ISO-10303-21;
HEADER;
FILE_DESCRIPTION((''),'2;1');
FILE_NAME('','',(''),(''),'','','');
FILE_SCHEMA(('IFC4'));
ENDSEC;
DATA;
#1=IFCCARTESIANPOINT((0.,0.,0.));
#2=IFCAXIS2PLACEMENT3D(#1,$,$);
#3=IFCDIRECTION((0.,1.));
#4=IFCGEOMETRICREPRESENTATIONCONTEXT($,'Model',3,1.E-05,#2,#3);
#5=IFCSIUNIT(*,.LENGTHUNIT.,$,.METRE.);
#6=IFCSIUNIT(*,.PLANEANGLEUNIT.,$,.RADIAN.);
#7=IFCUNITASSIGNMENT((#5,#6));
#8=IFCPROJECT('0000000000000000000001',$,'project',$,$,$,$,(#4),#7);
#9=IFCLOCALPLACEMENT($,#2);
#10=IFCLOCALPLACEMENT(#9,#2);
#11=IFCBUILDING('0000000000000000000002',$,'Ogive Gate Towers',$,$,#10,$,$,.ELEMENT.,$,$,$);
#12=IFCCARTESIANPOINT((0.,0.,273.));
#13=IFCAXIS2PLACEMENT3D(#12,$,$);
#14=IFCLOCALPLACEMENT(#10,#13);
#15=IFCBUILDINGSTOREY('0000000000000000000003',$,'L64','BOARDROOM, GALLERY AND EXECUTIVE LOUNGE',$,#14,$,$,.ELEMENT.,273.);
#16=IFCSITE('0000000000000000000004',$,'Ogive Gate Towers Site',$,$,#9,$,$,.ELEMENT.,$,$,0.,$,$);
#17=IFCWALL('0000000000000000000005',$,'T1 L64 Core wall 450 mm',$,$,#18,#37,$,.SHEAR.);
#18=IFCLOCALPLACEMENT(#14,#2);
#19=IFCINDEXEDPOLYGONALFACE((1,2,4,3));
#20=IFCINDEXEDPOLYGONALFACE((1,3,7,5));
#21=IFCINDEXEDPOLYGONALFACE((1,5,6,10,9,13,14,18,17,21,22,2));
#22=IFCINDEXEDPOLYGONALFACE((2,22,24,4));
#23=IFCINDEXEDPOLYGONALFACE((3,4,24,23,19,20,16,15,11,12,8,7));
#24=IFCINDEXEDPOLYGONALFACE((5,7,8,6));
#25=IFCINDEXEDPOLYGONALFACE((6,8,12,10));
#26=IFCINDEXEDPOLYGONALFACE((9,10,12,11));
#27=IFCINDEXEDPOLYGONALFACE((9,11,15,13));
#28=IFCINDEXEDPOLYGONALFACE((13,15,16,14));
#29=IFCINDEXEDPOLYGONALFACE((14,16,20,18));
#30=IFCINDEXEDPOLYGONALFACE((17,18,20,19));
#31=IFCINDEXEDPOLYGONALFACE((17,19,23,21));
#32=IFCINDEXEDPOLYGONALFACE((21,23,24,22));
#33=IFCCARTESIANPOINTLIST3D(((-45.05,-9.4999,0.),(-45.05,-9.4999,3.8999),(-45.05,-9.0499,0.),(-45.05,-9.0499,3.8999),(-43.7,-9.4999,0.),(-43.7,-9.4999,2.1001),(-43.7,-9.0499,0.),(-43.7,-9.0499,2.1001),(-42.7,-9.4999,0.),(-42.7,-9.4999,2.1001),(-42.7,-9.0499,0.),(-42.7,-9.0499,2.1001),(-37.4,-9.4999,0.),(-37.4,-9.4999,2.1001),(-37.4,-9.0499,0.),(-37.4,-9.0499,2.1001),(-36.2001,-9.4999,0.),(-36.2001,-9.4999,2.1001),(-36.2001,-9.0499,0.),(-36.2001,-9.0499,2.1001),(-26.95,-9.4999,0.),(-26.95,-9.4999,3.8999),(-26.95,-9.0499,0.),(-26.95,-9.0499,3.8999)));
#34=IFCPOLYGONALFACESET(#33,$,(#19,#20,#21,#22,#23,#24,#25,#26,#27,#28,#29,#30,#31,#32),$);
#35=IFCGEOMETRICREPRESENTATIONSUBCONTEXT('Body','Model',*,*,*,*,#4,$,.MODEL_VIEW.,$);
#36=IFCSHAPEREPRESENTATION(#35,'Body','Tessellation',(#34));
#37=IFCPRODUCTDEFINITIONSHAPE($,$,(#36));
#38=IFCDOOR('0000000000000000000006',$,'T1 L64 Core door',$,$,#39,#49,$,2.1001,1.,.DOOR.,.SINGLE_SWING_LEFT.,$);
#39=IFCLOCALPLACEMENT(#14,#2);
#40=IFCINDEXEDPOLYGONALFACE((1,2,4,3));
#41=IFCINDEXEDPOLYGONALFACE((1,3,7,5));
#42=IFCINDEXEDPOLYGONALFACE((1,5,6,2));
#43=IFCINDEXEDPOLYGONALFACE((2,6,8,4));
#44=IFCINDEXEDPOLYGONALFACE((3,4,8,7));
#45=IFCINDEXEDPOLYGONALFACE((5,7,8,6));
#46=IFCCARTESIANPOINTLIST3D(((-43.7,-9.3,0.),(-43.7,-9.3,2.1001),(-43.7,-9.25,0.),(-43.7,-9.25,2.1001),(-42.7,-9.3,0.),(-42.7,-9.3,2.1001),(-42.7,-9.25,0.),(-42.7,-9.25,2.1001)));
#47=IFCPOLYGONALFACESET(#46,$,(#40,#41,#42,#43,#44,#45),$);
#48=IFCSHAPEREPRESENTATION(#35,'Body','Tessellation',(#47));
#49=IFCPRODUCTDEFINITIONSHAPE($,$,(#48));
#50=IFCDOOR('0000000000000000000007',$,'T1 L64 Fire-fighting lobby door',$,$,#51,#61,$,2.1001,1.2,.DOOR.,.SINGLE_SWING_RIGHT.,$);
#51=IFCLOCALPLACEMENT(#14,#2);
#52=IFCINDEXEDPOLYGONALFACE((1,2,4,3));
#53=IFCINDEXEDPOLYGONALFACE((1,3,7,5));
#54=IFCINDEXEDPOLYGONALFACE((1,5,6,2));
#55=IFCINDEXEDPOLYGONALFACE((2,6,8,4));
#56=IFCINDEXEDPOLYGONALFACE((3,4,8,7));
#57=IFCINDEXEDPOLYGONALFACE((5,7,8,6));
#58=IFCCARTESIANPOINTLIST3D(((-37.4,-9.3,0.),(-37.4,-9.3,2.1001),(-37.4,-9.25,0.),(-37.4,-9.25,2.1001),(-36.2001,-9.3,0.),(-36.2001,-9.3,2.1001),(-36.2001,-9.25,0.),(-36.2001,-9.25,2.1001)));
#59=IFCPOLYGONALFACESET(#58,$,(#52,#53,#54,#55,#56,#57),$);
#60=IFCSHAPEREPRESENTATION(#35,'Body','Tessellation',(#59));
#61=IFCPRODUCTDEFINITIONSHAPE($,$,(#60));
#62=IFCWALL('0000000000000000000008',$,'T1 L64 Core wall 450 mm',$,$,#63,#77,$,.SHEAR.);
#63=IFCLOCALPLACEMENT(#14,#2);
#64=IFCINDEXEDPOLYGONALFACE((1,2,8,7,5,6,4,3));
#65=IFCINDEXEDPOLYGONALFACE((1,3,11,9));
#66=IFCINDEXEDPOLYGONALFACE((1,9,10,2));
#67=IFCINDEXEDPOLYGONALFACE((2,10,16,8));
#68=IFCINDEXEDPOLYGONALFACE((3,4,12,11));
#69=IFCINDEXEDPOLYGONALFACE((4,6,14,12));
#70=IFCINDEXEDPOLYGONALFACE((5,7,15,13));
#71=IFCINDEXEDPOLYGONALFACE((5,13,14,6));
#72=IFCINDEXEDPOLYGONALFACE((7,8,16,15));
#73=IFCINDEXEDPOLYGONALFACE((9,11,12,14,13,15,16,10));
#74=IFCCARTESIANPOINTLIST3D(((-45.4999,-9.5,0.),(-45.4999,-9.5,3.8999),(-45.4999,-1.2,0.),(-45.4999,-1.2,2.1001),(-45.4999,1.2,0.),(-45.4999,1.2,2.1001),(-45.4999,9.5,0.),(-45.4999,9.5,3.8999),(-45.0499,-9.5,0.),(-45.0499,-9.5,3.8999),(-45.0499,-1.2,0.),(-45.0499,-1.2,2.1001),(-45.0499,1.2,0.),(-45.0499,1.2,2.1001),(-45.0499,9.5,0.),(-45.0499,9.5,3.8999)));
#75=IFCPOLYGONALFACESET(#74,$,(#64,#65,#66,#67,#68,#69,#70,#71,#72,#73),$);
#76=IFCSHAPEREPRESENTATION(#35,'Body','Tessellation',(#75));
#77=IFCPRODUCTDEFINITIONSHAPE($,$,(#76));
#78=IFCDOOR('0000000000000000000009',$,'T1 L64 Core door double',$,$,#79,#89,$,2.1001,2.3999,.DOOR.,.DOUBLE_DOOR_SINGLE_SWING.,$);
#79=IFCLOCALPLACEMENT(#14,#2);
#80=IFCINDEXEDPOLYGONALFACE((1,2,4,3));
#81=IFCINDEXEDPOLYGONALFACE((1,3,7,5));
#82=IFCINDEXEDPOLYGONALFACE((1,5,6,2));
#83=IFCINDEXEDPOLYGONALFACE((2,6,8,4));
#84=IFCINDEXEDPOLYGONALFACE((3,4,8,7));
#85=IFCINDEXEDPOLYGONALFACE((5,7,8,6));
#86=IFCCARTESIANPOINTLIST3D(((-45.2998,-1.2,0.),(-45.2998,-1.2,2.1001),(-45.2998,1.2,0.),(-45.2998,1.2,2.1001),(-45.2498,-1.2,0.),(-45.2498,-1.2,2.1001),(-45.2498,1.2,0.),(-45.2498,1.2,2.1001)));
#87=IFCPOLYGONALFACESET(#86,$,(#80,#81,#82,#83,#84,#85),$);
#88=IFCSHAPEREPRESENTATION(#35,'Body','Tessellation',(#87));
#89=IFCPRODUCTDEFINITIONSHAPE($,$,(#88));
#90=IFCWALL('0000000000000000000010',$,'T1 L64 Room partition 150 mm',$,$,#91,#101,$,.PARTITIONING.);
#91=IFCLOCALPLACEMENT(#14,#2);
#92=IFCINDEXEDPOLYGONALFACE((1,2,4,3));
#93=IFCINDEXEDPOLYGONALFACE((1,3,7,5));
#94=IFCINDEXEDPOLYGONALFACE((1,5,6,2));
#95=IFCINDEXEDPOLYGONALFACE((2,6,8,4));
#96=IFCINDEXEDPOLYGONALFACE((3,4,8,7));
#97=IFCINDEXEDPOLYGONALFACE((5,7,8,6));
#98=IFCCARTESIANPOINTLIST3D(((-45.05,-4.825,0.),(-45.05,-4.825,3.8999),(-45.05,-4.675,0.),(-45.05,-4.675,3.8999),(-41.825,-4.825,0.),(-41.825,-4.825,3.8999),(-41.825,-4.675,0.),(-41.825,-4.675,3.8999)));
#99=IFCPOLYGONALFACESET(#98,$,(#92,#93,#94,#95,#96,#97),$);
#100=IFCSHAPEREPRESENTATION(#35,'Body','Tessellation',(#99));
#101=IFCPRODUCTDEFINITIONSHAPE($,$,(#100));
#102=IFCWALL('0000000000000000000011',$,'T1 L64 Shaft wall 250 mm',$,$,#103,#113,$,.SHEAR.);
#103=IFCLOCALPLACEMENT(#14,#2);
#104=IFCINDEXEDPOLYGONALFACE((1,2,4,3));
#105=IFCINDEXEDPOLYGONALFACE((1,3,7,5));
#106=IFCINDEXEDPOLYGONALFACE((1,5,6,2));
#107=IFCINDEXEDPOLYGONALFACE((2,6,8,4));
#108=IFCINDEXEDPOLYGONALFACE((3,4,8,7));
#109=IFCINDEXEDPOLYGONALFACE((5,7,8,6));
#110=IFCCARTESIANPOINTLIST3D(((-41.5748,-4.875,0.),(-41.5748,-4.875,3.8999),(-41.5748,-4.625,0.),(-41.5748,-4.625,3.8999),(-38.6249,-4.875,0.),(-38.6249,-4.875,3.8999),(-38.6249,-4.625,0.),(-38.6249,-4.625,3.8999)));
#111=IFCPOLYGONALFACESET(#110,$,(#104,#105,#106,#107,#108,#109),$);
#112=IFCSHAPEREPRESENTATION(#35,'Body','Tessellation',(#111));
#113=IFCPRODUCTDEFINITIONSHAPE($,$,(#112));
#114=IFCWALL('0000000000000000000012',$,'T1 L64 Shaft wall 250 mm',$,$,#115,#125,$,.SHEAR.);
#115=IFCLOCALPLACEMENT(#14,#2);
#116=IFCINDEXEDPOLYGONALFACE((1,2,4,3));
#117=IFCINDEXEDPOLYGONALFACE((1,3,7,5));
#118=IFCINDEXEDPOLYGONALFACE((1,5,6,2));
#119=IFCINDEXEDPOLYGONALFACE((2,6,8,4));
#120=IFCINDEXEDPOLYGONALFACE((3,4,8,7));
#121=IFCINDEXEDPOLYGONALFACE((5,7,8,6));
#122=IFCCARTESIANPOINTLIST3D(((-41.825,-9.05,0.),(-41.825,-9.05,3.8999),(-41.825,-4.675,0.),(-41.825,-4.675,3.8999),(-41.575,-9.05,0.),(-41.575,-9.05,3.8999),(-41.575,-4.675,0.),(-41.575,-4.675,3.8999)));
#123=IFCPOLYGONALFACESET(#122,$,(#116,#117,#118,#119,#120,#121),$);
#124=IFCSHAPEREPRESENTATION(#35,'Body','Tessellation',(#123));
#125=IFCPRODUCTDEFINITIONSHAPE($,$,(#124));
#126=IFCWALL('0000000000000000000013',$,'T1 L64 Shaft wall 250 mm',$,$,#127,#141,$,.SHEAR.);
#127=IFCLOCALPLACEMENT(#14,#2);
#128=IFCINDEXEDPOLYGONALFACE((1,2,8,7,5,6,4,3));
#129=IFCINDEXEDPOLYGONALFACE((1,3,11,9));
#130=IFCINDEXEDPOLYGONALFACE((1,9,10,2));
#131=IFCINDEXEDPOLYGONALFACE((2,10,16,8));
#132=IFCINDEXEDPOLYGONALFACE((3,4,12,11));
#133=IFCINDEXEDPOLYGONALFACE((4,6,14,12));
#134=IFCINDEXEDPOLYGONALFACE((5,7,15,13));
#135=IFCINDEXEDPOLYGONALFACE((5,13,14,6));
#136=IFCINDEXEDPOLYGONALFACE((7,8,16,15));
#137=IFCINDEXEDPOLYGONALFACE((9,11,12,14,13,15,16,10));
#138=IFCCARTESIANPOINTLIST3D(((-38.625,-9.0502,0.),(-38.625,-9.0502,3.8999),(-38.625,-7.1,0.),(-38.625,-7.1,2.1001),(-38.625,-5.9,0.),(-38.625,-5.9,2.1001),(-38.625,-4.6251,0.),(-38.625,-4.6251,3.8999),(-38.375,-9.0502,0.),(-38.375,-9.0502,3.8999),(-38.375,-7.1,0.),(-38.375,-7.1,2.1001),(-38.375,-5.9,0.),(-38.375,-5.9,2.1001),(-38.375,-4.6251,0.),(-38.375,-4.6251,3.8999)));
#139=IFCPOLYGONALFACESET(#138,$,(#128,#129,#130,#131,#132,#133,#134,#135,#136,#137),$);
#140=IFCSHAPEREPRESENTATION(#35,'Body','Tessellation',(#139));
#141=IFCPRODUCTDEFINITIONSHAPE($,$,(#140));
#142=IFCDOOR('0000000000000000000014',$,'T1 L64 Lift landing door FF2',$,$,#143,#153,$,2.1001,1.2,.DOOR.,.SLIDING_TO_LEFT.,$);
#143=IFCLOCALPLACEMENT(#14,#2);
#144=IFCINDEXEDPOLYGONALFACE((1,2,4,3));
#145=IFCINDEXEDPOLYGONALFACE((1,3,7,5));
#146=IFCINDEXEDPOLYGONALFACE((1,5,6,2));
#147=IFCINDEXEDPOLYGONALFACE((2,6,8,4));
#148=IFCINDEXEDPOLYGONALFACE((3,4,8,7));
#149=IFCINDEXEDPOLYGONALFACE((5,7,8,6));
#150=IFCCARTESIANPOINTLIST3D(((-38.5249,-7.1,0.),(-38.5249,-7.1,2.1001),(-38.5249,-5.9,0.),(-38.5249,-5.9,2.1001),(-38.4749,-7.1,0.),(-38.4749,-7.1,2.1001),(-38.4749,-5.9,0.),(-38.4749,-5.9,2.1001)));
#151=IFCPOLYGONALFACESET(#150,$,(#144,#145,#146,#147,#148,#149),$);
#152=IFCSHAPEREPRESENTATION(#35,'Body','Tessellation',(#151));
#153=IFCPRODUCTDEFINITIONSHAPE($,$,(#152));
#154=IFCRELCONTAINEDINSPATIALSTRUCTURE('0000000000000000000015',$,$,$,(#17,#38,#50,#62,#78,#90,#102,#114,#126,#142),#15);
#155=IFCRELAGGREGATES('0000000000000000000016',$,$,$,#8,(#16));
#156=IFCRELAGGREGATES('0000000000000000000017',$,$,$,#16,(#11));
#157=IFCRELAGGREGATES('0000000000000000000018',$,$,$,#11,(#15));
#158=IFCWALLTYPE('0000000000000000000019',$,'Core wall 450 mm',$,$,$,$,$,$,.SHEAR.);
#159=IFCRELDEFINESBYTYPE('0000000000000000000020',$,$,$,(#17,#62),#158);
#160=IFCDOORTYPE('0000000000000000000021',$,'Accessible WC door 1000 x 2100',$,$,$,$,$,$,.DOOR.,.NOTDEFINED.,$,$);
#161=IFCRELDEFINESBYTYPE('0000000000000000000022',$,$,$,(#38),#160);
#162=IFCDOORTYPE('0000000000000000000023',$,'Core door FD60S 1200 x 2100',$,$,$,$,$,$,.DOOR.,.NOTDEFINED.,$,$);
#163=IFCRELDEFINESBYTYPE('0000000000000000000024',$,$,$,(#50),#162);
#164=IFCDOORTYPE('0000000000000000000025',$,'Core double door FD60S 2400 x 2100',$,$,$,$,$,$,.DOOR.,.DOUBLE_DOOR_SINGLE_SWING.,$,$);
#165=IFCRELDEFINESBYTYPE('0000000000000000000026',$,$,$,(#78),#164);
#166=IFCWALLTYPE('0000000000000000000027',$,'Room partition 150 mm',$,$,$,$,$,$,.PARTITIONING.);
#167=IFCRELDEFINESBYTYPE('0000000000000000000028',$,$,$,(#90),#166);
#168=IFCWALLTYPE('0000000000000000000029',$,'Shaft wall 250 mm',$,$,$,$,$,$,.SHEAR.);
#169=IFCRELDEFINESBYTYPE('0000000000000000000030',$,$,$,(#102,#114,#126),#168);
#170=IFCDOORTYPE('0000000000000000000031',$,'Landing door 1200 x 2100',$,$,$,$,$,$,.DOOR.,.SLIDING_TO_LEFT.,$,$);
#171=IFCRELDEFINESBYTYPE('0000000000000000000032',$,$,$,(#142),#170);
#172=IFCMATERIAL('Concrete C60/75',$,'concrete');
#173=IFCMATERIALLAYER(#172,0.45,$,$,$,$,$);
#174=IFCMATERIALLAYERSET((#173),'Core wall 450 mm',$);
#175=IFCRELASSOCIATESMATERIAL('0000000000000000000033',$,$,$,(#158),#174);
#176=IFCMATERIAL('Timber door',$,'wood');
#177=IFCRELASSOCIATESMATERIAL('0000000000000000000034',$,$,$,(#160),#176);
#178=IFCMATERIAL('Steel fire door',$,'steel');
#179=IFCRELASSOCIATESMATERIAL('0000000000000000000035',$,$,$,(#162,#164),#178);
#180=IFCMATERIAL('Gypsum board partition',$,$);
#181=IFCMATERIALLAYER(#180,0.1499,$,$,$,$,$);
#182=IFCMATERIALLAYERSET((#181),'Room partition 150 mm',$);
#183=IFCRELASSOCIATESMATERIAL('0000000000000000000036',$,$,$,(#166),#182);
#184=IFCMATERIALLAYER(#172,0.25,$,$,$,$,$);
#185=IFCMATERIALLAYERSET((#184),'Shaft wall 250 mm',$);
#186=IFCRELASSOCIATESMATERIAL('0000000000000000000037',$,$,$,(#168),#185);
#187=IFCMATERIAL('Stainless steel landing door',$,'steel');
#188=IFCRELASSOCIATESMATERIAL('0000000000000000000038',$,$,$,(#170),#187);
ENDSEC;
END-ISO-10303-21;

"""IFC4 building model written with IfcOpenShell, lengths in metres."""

from ifc_helpers import new_model, si_unit, direction, frame, frame_2d, origin, place, context, subcontext, project, spatial, rectangle, extrude, material, layer, layer_set, type_object, element, fill, save


model = new_model("IFC4")

# Units and contexts
model_context = context("Model", 3, precision=1e-05, world=origin(), true_north=direction((0.0, 1.0)))
body_context = subcontext(model_context, "Body", "Model", "MODEL_VIEW")
ifc_project = project(units=[si_unit("LENGTHUNIT", "METRE"), si_unit("PLANEANGLEUNIT", "RADIAN")], contexts=[model_context])

# Site, building, storey
site_placement = place(None, origin())
site = spatial("IfcSite", under=ifc_project, at=site_placement, Name="Ogive Gate Towers Site", CompositionType="ELEMENT", RefElevation=0.0)
building_placement = place(site_placement, origin())
building = spatial("IfcBuilding", under=site, at=building_placement, Name="Ogive Gate Towers", CompositionType="ELEMENT")
storey_placement = place(building_placement, frame((0.0, 0.0, 273.0)))
storey = spatial("IfcBuildingStorey", under=building, at=storey_placement, Name="L64", Description="BOARDROOM, GALLERY AND EXECUTIVE LOUNGE", CompositionType="ELEMENT", Elevation=273.0)

# Wall, openings, doors
ifc_material_1 = material(Name="Concrete C60/75", Category="concrete")
ifc_layer_1 = layer(ifc_material_1, 0.45)
ifc_layer_set_1 = layer_set([ifc_layer_1], Name="Core wall 450 mm")
wall_type_1 = type_object("IfcWallType", Name="Core wall 450 mm", PredefinedType="SHEAR", material=ifc_layer_set_1)
wall_1_placement = place(storey_placement, frame((-45.05, -9.2749, 0.0), z_axis=(0.0, 0.0, 1.0), x_axis=(1.0, 0.0, 0.0)))
wall_1 = element("IfcWall", 1, at=wall_1_placement, inside=storey, type_object=wall_type_1, Name="T1 L64 Core wall 450 mm", PredefinedType="SHEAR", context=body_context, shape_type="SweptSolid", body=[
    extrude(rectangle(XDim=18.1001, YDim=0.45, at=frame_2d((9.05, 0.0))), origin(), (0.0, 0.0, 1.0), 3.8999),
])
opening_1_placement = place(wall_1_placement, frame((7.6499, 0.0, 0.0)))
opening_1 = element("IfcOpeningElement", 2, at=opening_1_placement, cuts=wall_1, PredefinedType="OPENING", context=body_context, shape_type="SweptSolid", body=[
    extrude(rectangle(XDim=1.2, YDim=2.1001, at=frame_2d((0.6001, 1.05))), frame((0.0, 0.2349, 0.0), z_axis=(0.0, -1.0, 0.0), x_axis=(1.0, 0.0, 0.0)), (0.0, 0.0, 1.0), 0.47),
])
opening_2_placement = place(wall_1_placement, frame((1.3501, 0.0, 0.0)))
opening_2 = element("IfcOpeningElement", 3, at=opening_2_placement, cuts=wall_1, PredefinedType="OPENING", context=body_context, shape_type="SweptSolid", body=[
    extrude(rectangle(XDim=1.0, YDim=2.1001, at=frame_2d((0.5, 1.05))), frame((0.0, 0.2349, 0.0), z_axis=(0.0, -1.0, 0.0), x_axis=(1.0, 0.0, 0.0)), (0.0, 0.0, 1.0), 0.47),
])
ifc_material_2 = material(Name="Timber door", Category="wood")
door_type_1 = type_object("IfcDoorType", Name="Accessible WC door 1000 x 2100", OperationType="NOTDEFINED", PredefinedType="DOOR", material=ifc_material_2)
door_1_placement = place(opening_2_placement, origin())
door_1 = element("IfcDoor", 4, at=door_1_placement, inside=storey, type_object=door_type_1, Name="T1 L64 Core door", OperationType="SINGLE_SWING_LEFT", OverallHeight=2.1001, OverallWidth=1.0, PredefinedType="DOOR", context=body_context, shape_type="SweptSolid", body=[
    extrude(rectangle(XDim=1.0, YDim=2.1001, at=frame_2d((0.5, 1.05))), frame((0.0, 0.0249, 0.0), z_axis=(0.0, -1.0, 0.0), x_axis=(1.0, 0.0, 0.0)), (0.0, 0.0, 1.0), 0.05),
])
fill(opening_2, door_1)
ifc_material_3 = material(Name="Steel fire door", Category="steel")
door_type_2 = type_object("IfcDoorType", Name="Core door FD60S 1200 x 2100", OperationType="NOTDEFINED", PredefinedType="DOOR", material=ifc_material_3)
door_2_placement = place(opening_1_placement, origin())
door_2 = element("IfcDoor", 5, at=door_2_placement, inside=storey, type_object=door_type_2, Name="T1 L64 Fire-fighting lobby door", OperationType="SINGLE_SWING_RIGHT", OverallHeight=2.1001, OverallWidth=1.2, PredefinedType="DOOR", context=body_context, shape_type="SweptSolid", body=[
    extrude(rectangle(XDim=1.2, YDim=2.1001, at=frame_2d((0.6001, 1.05))), frame((0.0, 0.0249, 0.0), z_axis=(0.0, -1.0, 0.0), x_axis=(1.0, 0.0, 0.0)), (0.0, 0.0, 1.0), 0.05),
])
fill(opening_1, door_2)

# Wall, opening, door
wall_2_placement = place(storey_placement, frame((-45.2749, -9.5, 0.0), z_axis=(0.0, 0.0, 1.0), x_axis=(0.0, 1.0, 0.0)))
wall_2 = element("IfcWall", 6, at=wall_2_placement, inside=storey, type_object=wall_type_1, Name="T1 L64 Core wall 450 mm", PredefinedType="SHEAR", context=body_context, shape_type="SweptSolid", body=[
    extrude(rectangle(XDim=19.0, YDim=0.45, at=frame_2d((9.5, 0.0))), origin(), (0.0, 0.0, 1.0), 3.8999),
])
opening_3_placement = place(wall_2_placement, frame((8.3, 0.0, 0.0)))
opening_3 = element("IfcOpeningElement", 7, at=opening_3_placement, cuts=wall_2, PredefinedType="OPENING", context=body_context, shape_type="SweptSolid", body=[
    extrude(rectangle(XDim=2.3999, YDim=2.1001, at=frame_2d((1.2, 1.05))), frame((0.0, 0.2349, 0.0), z_axis=(0.0, -1.0, 0.0), x_axis=(1.0, 0.0, 0.0)), (0.0, 0.0, 1.0), 0.47),
])
door_type_3 = type_object("IfcDoorType", Name="Core double door FD60S 2400 x 2100", OperationType="DOUBLE_DOOR_SINGLE_SWING", PredefinedType="DOOR", material=ifc_material_3)
door_3_placement = place(opening_3_placement, origin())
door_3 = element("IfcDoor", 8, at=door_3_placement, inside=storey, type_object=door_type_3, Name="T1 L64 Core door double", OperationType="DOUBLE_DOOR_SINGLE_SWING", OverallHeight=2.1001, OverallWidth=2.3999, PredefinedType="DOOR", context=body_context, shape_type="SweptSolid", body=[
    extrude(rectangle(XDim=2.3999, YDim=2.1001, at=frame_2d((1.2, 1.05))), frame((0.0, 0.0249, 0.0), z_axis=(0.0, -1.0, 0.0), x_axis=(1.0, 0.0, 0.0)), (0.0, 0.0, 1.0), 0.05),
])
fill(opening_3, door_3)

# Walls
ifc_material_4 = material(Name="Gypsum board partition")
ifc_layer_2 = layer(ifc_material_4, 0.1499)
ifc_layer_set_2 = layer_set([ifc_layer_2], Name="Room partition 150 mm")
wall_type_2 = type_object("IfcWallType", Name="Room partition 150 mm", PredefinedType="PARTITIONING", material=ifc_layer_set_2)
wall_3_placement = place(storey_placement, frame((-45.05, -4.75, 0.0), z_axis=(0.0, 0.0, 1.0), x_axis=(1.0, 0.0, 0.0)))
element("IfcWall", 9, at=wall_3_placement, inside=storey, type_object=wall_type_2, Name="T1 L64 Room partition 150 mm", PredefinedType="PARTITIONING", context=body_context, shape_type="SweptSolid", body=[
    extrude(rectangle(XDim=3.2251, YDim=0.1499, at=frame_2d((1.6125, 0.0))), origin(), (0.0, 0.0, 1.0), 3.8999),
])
ifc_layer_3 = layer(ifc_material_1, 0.25)
ifc_layer_set_3 = layer_set([ifc_layer_3], Name="Shaft wall 250 mm")
wall_type_3 = type_object("IfcWallType", Name="Shaft wall 250 mm", PredefinedType="SHEAR", material=ifc_layer_set_3)
wall_4_placement = place(storey_placement, frame((-41.575, -4.75, 0.0), z_axis=(0.0, 0.0, 1.0), x_axis=(1.0, 0.0, 0.0)))
element("IfcWall", 10, at=wall_4_placement, inside=storey, type_object=wall_type_3, Name="T1 L64 Shaft wall 250 mm", PredefinedType="SHEAR", context=body_context, shape_type="SweptSolid", body=[
    extrude(rectangle(XDim=2.95, YDim=0.25, at=frame_2d((1.4751, 0.0))), origin(), (0.0, 0.0, 1.0), 3.8999),
])
wall_5_placement = place(storey_placement, frame((-41.7, -9.05, 0.0), z_axis=(0.0, 0.0, 1.0), x_axis=(0.0, 1.0, 0.0)))
element("IfcWall", 11, at=wall_5_placement, inside=storey, type_object=wall_type_3, Name="T1 L64 Shaft wall 250 mm", PredefinedType="SHEAR", context=body_context, shape_type="SweptSolid", body=[
    extrude(rectangle(XDim=4.375, YDim=0.25, at=frame_2d((2.1875, 0.0))), origin(), (0.0, 0.0, 1.0), 3.8999),
])

# Wall, opening, door
wall_6_placement = place(storey_placement, frame((-38.5, -9.05, 0.0), z_axis=(0.0, 0.0, 1.0), x_axis=(0.0, 1.0, 0.0)))
wall_6 = element("IfcWall", 12, at=wall_6_placement, inside=storey, type_object=wall_type_3, Name="T1 L64 Shaft wall 250 mm", PredefinedType="SHEAR", context=body_context, shape_type="SweptSolid", body=[
    extrude(rectangle(XDim=4.425, YDim=0.25, at=frame_2d((2.2124, 0.0))), origin(), (0.0, 0.0, 1.0), 3.8999),
])
opening_4_placement = place(wall_6_placement, frame((1.95, 0.0, 0.0)))
opening_4 = element("IfcOpeningElement", 13, at=opening_4_placement, cuts=wall_6, PredefinedType="OPENING", context=body_context, shape_type="SweptSolid", body=[
    extrude(rectangle(XDim=1.2, YDim=2.1001, at=frame_2d((0.6001, 1.05))), frame((0.0, 0.135, 0.0), z_axis=(0.0, -1.0, 0.0), x_axis=(1.0, 0.0, 0.0)), (0.0, 0.0, 1.0), 0.27),
])
ifc_material_5 = material(Name="Stainless steel landing door", Category="steel")
door_type_4 = type_object("IfcDoorType", Name="Landing door 1200 x 2100", OperationType="SLIDING_TO_LEFT", PredefinedType="DOOR", material=ifc_material_5)
door_4_placement = place(opening_4_placement, origin())
door_4 = element("IfcDoor", 14, at=door_4_placement, inside=storey, type_object=door_type_4, Name="T1 L64 Lift landing door FF2", OperationType="SLIDING_TO_LEFT", OverallHeight=2.1001, OverallWidth=1.2, PredefinedType="DOOR", context=body_context, shape_type="SweptSolid", body=[
    extrude(rectangle(XDim=1.2, YDim=2.1001, at=frame_2d((0.6001, 1.05))), frame((0.0, 0.0249, 0.0), z_axis=(0.0, -1.0, 0.0), x_axis=(1.0, 0.0, 0.0)), (0.0, 0.0, 1.0), 0.05),
])
fill(opening_4, door_4)

save(model, "model.ifc")
